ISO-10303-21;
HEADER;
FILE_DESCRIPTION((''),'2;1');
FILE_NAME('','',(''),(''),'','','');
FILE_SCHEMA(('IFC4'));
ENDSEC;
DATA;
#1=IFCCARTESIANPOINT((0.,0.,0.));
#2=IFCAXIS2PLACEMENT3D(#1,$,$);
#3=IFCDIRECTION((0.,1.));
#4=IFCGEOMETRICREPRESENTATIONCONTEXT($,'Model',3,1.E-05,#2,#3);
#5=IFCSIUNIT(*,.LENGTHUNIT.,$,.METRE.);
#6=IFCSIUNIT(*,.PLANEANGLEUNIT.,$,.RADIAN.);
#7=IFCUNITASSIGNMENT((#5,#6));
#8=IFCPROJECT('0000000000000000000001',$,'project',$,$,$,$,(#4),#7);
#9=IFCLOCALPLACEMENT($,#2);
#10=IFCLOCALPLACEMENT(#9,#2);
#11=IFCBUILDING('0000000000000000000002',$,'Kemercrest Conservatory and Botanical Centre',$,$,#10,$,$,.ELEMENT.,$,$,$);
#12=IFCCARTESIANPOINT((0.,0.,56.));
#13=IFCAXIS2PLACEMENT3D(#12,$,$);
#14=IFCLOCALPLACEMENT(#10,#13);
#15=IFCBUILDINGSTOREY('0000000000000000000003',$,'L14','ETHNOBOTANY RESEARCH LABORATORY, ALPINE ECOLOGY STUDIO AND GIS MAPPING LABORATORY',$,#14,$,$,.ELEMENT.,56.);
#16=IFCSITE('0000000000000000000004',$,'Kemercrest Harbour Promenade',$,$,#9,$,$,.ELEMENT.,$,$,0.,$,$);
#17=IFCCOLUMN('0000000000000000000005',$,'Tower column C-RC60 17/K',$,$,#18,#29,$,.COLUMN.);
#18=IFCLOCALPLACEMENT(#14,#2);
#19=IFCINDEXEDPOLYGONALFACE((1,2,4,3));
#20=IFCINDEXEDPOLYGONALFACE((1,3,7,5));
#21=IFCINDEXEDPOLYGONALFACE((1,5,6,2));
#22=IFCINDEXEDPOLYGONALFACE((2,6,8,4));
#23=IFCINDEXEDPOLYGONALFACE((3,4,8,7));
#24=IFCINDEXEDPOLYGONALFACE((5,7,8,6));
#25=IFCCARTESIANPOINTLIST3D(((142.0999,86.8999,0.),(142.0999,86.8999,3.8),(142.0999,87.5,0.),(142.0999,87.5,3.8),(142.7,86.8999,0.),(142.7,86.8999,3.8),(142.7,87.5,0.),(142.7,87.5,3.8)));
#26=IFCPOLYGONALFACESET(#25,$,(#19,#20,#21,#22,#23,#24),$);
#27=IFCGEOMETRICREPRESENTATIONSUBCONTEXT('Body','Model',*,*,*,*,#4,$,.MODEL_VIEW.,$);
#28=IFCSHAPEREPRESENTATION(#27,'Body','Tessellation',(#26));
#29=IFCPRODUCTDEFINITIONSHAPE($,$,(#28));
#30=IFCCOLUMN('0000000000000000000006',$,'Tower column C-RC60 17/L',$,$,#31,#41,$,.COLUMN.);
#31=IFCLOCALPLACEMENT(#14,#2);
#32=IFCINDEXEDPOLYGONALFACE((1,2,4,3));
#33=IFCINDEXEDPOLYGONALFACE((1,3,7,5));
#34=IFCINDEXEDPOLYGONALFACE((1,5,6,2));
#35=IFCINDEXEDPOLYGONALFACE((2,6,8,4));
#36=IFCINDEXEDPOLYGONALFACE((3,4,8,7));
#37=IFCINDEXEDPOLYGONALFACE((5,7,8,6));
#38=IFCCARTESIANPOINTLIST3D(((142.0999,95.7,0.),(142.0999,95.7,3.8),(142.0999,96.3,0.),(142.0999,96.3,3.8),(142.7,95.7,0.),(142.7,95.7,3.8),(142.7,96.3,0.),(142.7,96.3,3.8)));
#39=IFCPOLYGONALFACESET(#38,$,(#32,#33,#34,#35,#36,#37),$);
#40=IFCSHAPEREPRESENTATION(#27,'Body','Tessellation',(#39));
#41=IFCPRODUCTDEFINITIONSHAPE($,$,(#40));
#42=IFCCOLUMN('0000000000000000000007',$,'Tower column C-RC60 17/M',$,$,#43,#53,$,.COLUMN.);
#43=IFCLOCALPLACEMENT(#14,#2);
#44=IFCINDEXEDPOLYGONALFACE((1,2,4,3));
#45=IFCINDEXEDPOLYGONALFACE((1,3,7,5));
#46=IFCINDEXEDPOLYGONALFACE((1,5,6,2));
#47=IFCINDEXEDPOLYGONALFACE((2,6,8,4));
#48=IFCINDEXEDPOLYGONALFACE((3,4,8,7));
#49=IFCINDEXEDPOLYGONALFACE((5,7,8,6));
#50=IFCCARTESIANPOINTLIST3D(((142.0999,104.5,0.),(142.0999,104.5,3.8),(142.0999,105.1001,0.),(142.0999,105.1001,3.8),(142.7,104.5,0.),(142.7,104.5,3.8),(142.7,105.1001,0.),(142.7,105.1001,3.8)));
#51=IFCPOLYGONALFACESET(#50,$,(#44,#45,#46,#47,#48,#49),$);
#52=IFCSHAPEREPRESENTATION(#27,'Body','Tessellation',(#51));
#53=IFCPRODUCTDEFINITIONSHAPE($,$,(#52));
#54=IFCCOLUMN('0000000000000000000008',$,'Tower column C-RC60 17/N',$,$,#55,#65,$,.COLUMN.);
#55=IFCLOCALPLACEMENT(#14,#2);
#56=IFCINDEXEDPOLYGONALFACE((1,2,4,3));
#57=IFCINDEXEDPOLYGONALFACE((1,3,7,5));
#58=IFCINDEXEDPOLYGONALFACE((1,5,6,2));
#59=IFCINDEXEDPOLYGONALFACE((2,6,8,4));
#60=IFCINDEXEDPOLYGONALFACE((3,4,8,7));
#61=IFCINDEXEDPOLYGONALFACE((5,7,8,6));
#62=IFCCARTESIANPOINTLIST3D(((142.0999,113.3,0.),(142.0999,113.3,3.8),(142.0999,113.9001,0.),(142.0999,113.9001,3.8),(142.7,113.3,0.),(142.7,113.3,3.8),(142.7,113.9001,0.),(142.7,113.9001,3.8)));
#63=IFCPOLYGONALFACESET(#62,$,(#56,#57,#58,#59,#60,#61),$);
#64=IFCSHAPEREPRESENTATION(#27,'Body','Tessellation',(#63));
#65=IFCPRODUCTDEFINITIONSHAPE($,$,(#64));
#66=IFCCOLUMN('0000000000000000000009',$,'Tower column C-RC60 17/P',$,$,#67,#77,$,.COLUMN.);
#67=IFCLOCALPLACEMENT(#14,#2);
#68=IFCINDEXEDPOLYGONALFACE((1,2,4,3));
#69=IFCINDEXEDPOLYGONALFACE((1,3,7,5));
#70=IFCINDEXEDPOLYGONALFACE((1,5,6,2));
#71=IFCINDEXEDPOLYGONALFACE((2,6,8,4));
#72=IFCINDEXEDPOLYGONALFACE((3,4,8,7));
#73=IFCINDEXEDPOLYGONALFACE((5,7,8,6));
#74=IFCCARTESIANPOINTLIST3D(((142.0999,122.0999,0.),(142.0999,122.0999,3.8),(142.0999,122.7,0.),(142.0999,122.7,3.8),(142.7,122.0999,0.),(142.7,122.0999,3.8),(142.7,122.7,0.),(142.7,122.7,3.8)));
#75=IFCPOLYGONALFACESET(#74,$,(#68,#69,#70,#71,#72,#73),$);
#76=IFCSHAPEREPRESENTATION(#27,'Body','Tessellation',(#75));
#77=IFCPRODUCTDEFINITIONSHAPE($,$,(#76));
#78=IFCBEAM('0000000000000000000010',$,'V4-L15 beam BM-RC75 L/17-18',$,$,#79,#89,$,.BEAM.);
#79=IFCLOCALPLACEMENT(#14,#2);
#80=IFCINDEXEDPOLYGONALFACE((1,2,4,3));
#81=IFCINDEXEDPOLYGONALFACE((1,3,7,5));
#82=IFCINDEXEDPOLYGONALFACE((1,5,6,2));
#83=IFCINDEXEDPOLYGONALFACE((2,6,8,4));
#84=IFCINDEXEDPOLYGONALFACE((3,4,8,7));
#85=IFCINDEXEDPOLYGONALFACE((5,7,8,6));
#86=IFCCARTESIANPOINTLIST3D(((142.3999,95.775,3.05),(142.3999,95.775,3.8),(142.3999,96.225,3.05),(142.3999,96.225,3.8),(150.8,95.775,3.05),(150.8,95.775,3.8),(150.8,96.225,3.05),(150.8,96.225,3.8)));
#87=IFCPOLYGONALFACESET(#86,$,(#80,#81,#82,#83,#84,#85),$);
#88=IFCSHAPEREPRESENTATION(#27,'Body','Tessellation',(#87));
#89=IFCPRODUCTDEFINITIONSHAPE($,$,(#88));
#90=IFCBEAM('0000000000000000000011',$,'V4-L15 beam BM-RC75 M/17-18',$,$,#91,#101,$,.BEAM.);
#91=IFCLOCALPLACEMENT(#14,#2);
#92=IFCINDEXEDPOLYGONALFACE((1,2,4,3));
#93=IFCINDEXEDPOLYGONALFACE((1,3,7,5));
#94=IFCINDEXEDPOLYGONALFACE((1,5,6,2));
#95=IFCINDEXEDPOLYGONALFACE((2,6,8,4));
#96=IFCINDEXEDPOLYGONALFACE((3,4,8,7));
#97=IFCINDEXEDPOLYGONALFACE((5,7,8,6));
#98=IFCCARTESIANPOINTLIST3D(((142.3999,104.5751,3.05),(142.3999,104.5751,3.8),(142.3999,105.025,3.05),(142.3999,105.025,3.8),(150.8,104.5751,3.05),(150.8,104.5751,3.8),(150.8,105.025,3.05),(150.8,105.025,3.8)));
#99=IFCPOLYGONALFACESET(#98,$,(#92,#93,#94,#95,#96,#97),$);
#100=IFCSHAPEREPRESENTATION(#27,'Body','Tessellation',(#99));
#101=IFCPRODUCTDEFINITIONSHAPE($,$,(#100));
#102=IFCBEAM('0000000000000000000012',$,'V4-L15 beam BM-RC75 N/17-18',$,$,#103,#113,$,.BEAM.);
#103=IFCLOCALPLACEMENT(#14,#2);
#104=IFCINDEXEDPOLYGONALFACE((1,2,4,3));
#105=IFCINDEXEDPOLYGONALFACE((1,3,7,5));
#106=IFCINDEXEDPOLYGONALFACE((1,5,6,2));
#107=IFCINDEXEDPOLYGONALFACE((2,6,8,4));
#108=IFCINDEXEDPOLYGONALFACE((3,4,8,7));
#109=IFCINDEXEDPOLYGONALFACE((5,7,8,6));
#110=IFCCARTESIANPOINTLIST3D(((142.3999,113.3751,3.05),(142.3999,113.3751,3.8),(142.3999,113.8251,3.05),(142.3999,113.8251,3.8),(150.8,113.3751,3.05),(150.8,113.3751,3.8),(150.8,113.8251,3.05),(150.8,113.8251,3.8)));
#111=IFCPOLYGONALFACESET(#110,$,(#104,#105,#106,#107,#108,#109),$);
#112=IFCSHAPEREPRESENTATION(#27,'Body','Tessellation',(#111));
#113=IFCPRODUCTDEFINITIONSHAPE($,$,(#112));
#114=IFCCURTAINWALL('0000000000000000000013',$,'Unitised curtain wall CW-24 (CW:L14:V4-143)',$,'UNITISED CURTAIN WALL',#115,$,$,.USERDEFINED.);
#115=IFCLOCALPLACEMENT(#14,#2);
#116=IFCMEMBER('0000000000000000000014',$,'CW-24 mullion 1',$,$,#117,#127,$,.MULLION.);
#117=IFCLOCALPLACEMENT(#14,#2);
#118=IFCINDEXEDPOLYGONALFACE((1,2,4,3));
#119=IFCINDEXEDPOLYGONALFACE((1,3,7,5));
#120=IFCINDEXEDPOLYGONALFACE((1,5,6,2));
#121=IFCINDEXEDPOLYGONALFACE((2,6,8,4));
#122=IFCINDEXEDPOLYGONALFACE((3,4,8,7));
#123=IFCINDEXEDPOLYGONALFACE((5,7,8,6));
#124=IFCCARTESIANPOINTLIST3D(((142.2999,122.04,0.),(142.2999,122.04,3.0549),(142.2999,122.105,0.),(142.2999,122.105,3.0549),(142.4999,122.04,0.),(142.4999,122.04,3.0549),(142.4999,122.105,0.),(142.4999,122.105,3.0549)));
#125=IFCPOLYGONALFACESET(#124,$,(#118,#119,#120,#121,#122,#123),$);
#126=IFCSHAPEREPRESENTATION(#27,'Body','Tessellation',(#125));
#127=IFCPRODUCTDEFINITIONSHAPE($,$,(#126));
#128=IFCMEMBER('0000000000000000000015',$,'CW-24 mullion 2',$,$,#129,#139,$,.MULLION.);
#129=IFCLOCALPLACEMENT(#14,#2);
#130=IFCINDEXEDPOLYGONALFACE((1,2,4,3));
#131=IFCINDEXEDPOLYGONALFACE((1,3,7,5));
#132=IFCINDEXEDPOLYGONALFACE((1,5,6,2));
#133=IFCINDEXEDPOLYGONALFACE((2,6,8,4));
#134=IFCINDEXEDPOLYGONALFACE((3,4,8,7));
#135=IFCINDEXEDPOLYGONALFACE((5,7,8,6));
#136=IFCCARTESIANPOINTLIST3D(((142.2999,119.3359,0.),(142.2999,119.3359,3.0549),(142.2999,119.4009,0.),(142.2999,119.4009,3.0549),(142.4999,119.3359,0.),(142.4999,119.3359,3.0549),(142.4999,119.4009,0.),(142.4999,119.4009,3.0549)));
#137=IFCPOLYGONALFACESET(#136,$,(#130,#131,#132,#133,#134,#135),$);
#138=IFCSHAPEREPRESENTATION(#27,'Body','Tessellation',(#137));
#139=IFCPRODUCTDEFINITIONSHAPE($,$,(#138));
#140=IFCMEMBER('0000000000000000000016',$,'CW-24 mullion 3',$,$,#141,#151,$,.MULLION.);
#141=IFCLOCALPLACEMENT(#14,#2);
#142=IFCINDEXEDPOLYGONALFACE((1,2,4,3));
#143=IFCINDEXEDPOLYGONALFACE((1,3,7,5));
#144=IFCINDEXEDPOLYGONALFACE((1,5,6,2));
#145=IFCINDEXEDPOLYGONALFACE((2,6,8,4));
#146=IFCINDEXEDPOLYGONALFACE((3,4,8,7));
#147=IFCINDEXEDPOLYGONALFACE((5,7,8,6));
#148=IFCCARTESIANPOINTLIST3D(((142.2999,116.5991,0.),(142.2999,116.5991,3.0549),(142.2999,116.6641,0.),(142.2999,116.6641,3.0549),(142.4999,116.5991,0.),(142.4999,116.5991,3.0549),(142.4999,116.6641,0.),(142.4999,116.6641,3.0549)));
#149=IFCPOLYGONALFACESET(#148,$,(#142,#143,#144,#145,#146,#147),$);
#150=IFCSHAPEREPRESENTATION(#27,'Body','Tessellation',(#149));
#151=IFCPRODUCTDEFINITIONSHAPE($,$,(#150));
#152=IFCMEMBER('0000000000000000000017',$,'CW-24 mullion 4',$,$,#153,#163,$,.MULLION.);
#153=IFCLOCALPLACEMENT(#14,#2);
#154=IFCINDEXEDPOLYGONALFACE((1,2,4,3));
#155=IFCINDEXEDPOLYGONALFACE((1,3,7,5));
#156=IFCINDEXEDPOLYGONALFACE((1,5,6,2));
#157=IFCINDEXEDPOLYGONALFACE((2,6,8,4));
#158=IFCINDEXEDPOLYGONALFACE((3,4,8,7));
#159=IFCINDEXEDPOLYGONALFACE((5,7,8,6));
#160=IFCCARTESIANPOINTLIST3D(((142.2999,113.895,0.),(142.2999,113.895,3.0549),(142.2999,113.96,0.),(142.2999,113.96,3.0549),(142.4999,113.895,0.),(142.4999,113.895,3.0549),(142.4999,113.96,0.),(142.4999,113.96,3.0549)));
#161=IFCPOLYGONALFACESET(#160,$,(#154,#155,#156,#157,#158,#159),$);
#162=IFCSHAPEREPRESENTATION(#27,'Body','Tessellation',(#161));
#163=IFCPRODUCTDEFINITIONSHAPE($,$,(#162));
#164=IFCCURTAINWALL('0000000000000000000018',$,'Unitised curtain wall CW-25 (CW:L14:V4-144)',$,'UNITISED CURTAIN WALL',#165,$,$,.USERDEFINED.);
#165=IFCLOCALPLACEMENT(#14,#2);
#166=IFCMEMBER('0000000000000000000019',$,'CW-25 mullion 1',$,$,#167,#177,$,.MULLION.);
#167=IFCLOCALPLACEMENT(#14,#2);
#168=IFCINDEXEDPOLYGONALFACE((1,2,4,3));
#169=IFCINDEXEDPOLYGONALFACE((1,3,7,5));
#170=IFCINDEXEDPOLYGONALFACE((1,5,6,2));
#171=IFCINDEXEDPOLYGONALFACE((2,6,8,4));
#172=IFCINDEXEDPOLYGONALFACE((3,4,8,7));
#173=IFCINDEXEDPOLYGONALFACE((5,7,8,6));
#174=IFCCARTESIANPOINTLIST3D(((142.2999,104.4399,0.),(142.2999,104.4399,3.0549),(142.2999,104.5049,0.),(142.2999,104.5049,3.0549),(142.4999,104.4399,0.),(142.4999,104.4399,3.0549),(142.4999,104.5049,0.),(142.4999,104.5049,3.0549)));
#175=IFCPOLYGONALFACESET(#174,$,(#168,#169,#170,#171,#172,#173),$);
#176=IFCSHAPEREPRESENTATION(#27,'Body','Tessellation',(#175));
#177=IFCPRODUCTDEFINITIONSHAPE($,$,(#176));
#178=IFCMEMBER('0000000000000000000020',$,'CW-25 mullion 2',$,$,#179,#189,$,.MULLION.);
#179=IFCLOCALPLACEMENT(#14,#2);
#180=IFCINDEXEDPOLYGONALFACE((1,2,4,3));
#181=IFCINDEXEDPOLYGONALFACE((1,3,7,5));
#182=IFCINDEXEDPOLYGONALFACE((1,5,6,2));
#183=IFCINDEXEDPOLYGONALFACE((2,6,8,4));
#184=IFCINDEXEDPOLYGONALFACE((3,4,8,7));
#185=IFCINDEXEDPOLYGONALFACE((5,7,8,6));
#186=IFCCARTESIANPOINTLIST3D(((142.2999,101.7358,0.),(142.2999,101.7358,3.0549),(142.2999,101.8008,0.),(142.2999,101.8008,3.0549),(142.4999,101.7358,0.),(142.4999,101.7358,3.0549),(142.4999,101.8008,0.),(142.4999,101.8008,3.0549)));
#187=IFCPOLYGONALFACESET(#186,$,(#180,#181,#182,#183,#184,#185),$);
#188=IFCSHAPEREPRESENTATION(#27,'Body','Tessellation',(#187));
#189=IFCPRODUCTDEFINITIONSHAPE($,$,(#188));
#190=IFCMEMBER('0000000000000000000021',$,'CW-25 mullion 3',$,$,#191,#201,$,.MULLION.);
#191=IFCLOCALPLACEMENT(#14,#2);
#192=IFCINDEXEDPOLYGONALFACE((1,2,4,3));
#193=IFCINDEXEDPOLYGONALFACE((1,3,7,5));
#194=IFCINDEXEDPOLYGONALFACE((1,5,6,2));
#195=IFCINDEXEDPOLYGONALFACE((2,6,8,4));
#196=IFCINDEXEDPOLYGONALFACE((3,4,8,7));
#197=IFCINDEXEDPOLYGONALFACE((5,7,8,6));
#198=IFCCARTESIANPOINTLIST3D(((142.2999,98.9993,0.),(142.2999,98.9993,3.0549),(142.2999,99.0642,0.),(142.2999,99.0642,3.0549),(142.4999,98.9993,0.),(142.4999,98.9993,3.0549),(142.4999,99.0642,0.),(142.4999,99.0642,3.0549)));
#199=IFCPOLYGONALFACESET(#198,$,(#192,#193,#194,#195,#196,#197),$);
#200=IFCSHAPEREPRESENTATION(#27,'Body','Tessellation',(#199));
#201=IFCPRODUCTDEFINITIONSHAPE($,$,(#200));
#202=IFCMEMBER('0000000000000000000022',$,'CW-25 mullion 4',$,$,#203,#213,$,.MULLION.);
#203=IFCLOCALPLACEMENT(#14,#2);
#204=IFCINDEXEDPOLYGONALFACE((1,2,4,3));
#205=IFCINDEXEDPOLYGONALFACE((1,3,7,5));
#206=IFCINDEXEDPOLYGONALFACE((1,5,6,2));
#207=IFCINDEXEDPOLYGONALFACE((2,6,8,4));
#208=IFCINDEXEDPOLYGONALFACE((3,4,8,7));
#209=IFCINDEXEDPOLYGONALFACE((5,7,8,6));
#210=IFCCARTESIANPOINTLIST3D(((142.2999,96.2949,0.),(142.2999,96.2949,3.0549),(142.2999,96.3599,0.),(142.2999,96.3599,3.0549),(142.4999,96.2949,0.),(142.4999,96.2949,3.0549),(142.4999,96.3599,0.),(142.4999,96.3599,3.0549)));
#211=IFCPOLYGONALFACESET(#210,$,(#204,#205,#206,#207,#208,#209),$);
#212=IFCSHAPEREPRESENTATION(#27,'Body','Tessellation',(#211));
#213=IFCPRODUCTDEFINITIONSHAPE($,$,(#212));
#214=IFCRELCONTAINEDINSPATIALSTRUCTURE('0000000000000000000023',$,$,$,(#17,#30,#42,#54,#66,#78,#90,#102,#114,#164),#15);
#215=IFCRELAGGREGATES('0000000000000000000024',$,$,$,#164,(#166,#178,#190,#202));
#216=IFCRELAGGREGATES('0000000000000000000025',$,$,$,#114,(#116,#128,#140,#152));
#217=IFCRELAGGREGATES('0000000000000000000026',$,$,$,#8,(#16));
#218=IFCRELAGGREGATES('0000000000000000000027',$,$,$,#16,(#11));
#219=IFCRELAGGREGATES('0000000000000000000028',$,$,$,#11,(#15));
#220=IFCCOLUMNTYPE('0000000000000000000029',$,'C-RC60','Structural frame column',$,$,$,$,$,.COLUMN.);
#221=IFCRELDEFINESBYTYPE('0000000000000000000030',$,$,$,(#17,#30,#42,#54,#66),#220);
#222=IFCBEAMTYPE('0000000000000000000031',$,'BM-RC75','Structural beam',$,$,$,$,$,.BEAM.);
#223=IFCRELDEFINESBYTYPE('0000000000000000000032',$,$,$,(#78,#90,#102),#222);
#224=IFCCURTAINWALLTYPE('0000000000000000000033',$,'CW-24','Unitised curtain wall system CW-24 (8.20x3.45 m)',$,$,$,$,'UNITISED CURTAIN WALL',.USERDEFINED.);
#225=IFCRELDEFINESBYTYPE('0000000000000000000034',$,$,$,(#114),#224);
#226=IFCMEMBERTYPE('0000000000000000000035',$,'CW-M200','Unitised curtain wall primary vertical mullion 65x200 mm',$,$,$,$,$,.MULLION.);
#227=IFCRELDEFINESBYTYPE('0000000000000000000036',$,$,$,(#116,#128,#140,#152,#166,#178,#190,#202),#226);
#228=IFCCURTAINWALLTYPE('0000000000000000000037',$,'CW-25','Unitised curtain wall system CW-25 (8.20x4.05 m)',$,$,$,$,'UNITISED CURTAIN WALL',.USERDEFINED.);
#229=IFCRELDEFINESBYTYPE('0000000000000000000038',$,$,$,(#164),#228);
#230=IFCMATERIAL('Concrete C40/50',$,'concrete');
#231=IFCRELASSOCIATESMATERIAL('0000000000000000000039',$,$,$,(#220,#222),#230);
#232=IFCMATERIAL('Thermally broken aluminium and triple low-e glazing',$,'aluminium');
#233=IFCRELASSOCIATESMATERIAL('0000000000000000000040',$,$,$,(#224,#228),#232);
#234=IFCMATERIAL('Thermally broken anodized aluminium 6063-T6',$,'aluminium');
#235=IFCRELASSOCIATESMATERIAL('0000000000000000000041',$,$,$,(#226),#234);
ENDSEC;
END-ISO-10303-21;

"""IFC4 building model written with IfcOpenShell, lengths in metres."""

from ifc_helpers import new_model, si_unit, direction, frame, origin, origin_2d, place, context, subcontext, project, spatial, rectangle, extrude, material, material_profile, profile_set, type_object, element, aggregate, save


model = new_model("IFC4")

# Units and contexts
model_context = context("Model", 3, precision=1e-05, world=origin(), true_north=direction((0.0, 1.0)))
body_context = subcontext(model_context, "Body", "Model", "MODEL_VIEW")
ifc_project = project(units=[si_unit("LENGTHUNIT", "METRE"), si_unit("PLANEANGLEUNIT", "RADIAN")], contexts=[model_context])

# Site, building, storey
site_placement = place(None, origin())
site = spatial("IfcSite", under=ifc_project, at=site_placement, Name="Kemercrest Harbour Promenade", CompositionType="ELEMENT", RefElevation=0.0)
building_placement = place(site_placement, origin())
building = spatial("IfcBuilding", under=site, at=building_placement, Name="Kemercrest Conservatory and Botanical Centre", CompositionType="ELEMENT")
storey_placement = place(building_placement, frame((0.0, 0.0, 56.0)))
storey = spatial("IfcBuildingStorey", under=building, at=storey_placement, Name="L14", Description="ETHNOBOTANY RESEARCH LABORATORY, ALPINE ECOLOGY STUDIO AND GIS MAPPING LABORATORY", CompositionType="ELEMENT", Elevation=56.0)

# Columns
ifc_material_1 = material(Name="Concrete C40/50", Category="concrete")
ifc_material_profile_1 = material_profile(ifc_material_1, rectangle(XDim=0.6001, YDim=0.6001, at=origin_2d()), Name="RC 600x600")
ifc_profile_set_1 = profile_set([ifc_material_profile_1], Name="Concrete C40/50")
column_type = type_object("IfcColumnType", Name="C-RC60", Description="Structural frame column", PredefinedType="COLUMN", material=ifc_profile_set_1)
for number, where, z_axis, x_axis, name in (
    (1, (142.3999, 87.2, 0.0), (0.0, 0.0, 1.0), (1.0, 0.0, 0.0), "Tower column C-RC60 17/K"),
    (2, (142.3999, 96.0, 0.0), (0.0, 0.0, 1.0), (1.0, 0.0, 0.0), "Tower column C-RC60 17/L"),
    (3, (142.3999, 104.8, 0.0), (0.0, 0.0, 1.0), (1.0, 0.0, 0.0), "Tower column C-RC60 17/M"),
    (4, (142.3999, 113.6001, 0.0), (0.0, 0.0, 1.0), (1.0, 0.0, 0.0), "Tower column C-RC60 17/N"),
    (5, (142.3999, 122.3999, 0.0), (0.0, 0.0, 1.0), (1.0, 0.0, 0.0), "Tower column C-RC60 17/P"),
):
    element("IfcColumn", number, at=place(storey_placement, frame(where, z_axis=z_axis, x_axis=x_axis)), inside=storey, type_object=column_type, Name=name, PredefinedType="COLUMN", context=body_context, shape_type="SweptSolid", body=[
        extrude(rectangle(XDim=0.6001, YDim=0.6001, at=origin_2d()), origin(), (0.0, 0.0, 1.0), 3.8),
    ])

# Beams
ifc_material_profile_2 = material_profile(ifc_material_1, rectangle(XDim=0.45, YDim=0.75, at=origin_2d()), Name="RC 450x750")
ifc_profile_set_2 = profile_set([ifc_material_profile_2], Name="Concrete C40/50")
beam_type_1 = type_object("IfcBeamType", Name="BM-RC75", Description="Structural beam", PredefinedType="BEAM", material=ifc_profile_set_2)
for number, where, z_axis, x_axis, name in (
    (6, (142.3999, 96.0, 3.425), (1.0, 0.0, 0.0), (0.0, 1.0, 0.0), "V4-L15 beam BM-RC75 L/17-18"),
    (7, (142.3999, 104.8, 3.425), (1.0, 0.0, 0.0), (0.0, 1.0, 0.0), "V4-L15 beam BM-RC75 M/17-18"),
    (8, (142.3999, 113.6001, 3.425), (1.0, 0.0, 0.0), (0.0, 1.0, 0.0), "V4-L15 beam BM-RC75 N/17-18"),
):
    element("IfcBeam", number, at=place(storey_placement, frame(where, z_axis=z_axis, x_axis=x_axis)), inside=storey, type_object=beam_type_1, Name=name, PredefinedType="BEAM", context=body_context, shape_type="SweptSolid", body=[
        extrude(rectangle(XDim=0.45, YDim=0.75, at=origin_2d()), origin(), (0.0, 0.0, 1.0), 8.4001),
    ])

# Curtain walls, members
ifc_material_2 = material(Name="Thermally broken aluminium and triple low-e glazing", Category="aluminium")
curtain_wall_type_1 = type_object("IfcCurtainWallType", Name="CW-24", Description="Unitised curtain wall system CW-24 (8.20x3.45 m)", ElementType="UNITISED CURTAIN WALL", PredefinedType="USERDEFINED", material=ifc_material_2)
curtain_wall_1_placement = place(storey_placement, origin())
curtain_wall_1 = element("IfcCurtainWall", 9, at=curtain_wall_1_placement, inside=storey, type_object=curtain_wall_type_1, Name="Unitised curtain wall CW-24 (CW:L14:V4-143)", ObjectType="UNITISED CURTAIN WALL", PredefinedType="USERDEFINED")
ifc_material_3 = material(Name="Thermally broken anodized aluminium 6063-T6", Category="aluminium")
ifc_material_profile_3 = material_profile(ifc_material_3, rectangle(XDim=0.2, YDim=0.0649, at=origin_2d()), Name="AL MULLION 65x200")
ifc_profile_set_3 = profile_set([ifc_material_profile_3], Name="Thermally broken anodized aluminium 6063-T6")
member_type_1 = type_object("IfcMemberType", Name="CW-M200", Description="Unitised curtain wall primary vertical mullion 65x200 mm", PredefinedType="MULLION", material=ifc_profile_set_3)
member_1_placement = place(storey_placement, frame((142.3999, 122.0725, 0.0), z_axis=(0.0, 0.0, 1.0), x_axis=(1.0, 0.0, 0.0)))
member_1 = element("IfcMember", 10, at=member_1_placement, type_object=member_type_1, Name="CW-24 mullion 1", PredefinedType="MULLION", context=body_context, shape_type="SweptSolid", body=[
    extrude(rectangle(XDim=0.2, YDim=0.0649, at=origin_2d()), origin(), (0.0, 0.0, 1.0), 3.0549),
])
member_2_placement = place(storey_placement, frame((142.3999, 119.3684, 0.0), z_axis=(0.0, 0.0, 1.0), x_axis=(1.0, 0.0, 0.0)))
member_2 = element("IfcMember", 11, at=member_2_placement, type_object=member_type_1, Name="CW-24 mullion 2", PredefinedType="MULLION", context=body_context, shape_type="SweptSolid", body=[
    extrude(rectangle(XDim=0.2, YDim=0.0649, at=origin_2d()), origin(), (0.0, 0.0, 1.0), 3.0549),
])
member_3_placement = place(storey_placement, frame((142.3999, 116.6316, 0.0), z_axis=(0.0, 0.0, 1.0), x_axis=(1.0, 0.0, 0.0)))
member_3 = element("IfcMember", 12, at=member_3_placement, type_object=member_type_1, Name="CW-24 mullion 3", PredefinedType="MULLION", context=body_context, shape_type="SweptSolid", body=[
    extrude(rectangle(XDim=0.2, YDim=0.0649, at=origin_2d()), origin(), (0.0, 0.0, 1.0), 3.0549),
])
member_4_placement = place(storey_placement, frame((142.3999, 113.9275, 0.0), z_axis=(0.0, 0.0, 1.0), x_axis=(1.0, 0.0, 0.0)))
member_4 = element("IfcMember", 13, at=member_4_placement, type_object=member_type_1, Name="CW-24 mullion 4", PredefinedType="MULLION", context=body_context, shape_type="SweptSolid", body=[
    extrude(rectangle(XDim=0.2, YDim=0.0649, at=origin_2d()), origin(), (0.0, 0.0, 1.0), 3.0549),
])
curtain_wall_type_2 = type_object("IfcCurtainWallType", Name="CW-25", Description="Unitised curtain wall system CW-25 (8.20x4.05 m)", ElementType="UNITISED CURTAIN WALL", PredefinedType="USERDEFINED", material=ifc_material_2)
curtain_wall_2_placement = place(storey_placement, origin())
curtain_wall_2 = element("IfcCurtainWall", 14, at=curtain_wall_2_placement, inside=storey, type_object=curtain_wall_type_2, Name="Unitised curtain wall CW-25 (CW:L14:V4-144)", ObjectType="UNITISED CURTAIN WALL", PredefinedType="USERDEFINED")
member_5_placement = place(storey_placement, frame((142.3999, 104.4724, 0.0), z_axis=(0.0, 0.0, 1.0), x_axis=(1.0, 0.0, 0.0)))
member_5 = element("IfcMember", 15, at=member_5_placement, type_object=member_type_1, Name="CW-25 mullion 1", PredefinedType="MULLION", context=body_context, shape_type="SweptSolid", body=[
    extrude(rectangle(XDim=0.2, YDim=0.0649, at=origin_2d()), origin(), (0.0, 0.0, 1.0), 3.0549),
])
member_6_placement = place(storey_placement, frame((142.3999, 101.7683, 0.0), z_axis=(0.0, 0.0, 1.0), x_axis=(1.0, 0.0, 0.0)))
member_6 = element("IfcMember", 16, at=member_6_placement, type_object=member_type_1, Name="CW-25 mullion 2", PredefinedType="MULLION", context=body_context, shape_type="SweptSolid", body=[
    extrude(rectangle(XDim=0.2, YDim=0.0649, at=origin_2d()), origin(), (0.0, 0.0, 1.0), 3.0549),
])
member_7_placement = place(storey_placement, frame((142.3999, 99.0317, 0.0), z_axis=(0.0, 0.0, 1.0), x_axis=(1.0, 0.0, 0.0)))
member_7 = element("IfcMember", 17, at=member_7_placement, type_object=member_type_1, Name="CW-25 mullion 3", PredefinedType="MULLION", context=body_context, shape_type="SweptSolid", body=[
    extrude(rectangle(XDim=0.2, YDim=0.0649, at=origin_2d()), origin(), (0.0, 0.0, 1.0), 3.0549),
])
member_8_placement = place(storey_placement, frame((142.3999, 96.3274, 0.0), z_axis=(0.0, 0.0, 1.0), x_axis=(1.0, 0.0, 0.0)))
member_8 = element("IfcMember", 18, at=member_8_placement, type_object=member_type_1, Name="CW-25 mullion 4", PredefinedType="MULLION", context=body_context, shape_type="SweptSolid", body=[
    extrude(rectangle(XDim=0.2, YDim=0.0649, at=origin_2d()), origin(), (0.0, 0.0, 1.0), 3.0549),
])
aggregate(curtain_wall_2, [member_5, member_6, member_7, member_8])

aggregate(curtain_wall_1, [member_1, member_2, member_3, member_4])

save(model, "model.ifc")
